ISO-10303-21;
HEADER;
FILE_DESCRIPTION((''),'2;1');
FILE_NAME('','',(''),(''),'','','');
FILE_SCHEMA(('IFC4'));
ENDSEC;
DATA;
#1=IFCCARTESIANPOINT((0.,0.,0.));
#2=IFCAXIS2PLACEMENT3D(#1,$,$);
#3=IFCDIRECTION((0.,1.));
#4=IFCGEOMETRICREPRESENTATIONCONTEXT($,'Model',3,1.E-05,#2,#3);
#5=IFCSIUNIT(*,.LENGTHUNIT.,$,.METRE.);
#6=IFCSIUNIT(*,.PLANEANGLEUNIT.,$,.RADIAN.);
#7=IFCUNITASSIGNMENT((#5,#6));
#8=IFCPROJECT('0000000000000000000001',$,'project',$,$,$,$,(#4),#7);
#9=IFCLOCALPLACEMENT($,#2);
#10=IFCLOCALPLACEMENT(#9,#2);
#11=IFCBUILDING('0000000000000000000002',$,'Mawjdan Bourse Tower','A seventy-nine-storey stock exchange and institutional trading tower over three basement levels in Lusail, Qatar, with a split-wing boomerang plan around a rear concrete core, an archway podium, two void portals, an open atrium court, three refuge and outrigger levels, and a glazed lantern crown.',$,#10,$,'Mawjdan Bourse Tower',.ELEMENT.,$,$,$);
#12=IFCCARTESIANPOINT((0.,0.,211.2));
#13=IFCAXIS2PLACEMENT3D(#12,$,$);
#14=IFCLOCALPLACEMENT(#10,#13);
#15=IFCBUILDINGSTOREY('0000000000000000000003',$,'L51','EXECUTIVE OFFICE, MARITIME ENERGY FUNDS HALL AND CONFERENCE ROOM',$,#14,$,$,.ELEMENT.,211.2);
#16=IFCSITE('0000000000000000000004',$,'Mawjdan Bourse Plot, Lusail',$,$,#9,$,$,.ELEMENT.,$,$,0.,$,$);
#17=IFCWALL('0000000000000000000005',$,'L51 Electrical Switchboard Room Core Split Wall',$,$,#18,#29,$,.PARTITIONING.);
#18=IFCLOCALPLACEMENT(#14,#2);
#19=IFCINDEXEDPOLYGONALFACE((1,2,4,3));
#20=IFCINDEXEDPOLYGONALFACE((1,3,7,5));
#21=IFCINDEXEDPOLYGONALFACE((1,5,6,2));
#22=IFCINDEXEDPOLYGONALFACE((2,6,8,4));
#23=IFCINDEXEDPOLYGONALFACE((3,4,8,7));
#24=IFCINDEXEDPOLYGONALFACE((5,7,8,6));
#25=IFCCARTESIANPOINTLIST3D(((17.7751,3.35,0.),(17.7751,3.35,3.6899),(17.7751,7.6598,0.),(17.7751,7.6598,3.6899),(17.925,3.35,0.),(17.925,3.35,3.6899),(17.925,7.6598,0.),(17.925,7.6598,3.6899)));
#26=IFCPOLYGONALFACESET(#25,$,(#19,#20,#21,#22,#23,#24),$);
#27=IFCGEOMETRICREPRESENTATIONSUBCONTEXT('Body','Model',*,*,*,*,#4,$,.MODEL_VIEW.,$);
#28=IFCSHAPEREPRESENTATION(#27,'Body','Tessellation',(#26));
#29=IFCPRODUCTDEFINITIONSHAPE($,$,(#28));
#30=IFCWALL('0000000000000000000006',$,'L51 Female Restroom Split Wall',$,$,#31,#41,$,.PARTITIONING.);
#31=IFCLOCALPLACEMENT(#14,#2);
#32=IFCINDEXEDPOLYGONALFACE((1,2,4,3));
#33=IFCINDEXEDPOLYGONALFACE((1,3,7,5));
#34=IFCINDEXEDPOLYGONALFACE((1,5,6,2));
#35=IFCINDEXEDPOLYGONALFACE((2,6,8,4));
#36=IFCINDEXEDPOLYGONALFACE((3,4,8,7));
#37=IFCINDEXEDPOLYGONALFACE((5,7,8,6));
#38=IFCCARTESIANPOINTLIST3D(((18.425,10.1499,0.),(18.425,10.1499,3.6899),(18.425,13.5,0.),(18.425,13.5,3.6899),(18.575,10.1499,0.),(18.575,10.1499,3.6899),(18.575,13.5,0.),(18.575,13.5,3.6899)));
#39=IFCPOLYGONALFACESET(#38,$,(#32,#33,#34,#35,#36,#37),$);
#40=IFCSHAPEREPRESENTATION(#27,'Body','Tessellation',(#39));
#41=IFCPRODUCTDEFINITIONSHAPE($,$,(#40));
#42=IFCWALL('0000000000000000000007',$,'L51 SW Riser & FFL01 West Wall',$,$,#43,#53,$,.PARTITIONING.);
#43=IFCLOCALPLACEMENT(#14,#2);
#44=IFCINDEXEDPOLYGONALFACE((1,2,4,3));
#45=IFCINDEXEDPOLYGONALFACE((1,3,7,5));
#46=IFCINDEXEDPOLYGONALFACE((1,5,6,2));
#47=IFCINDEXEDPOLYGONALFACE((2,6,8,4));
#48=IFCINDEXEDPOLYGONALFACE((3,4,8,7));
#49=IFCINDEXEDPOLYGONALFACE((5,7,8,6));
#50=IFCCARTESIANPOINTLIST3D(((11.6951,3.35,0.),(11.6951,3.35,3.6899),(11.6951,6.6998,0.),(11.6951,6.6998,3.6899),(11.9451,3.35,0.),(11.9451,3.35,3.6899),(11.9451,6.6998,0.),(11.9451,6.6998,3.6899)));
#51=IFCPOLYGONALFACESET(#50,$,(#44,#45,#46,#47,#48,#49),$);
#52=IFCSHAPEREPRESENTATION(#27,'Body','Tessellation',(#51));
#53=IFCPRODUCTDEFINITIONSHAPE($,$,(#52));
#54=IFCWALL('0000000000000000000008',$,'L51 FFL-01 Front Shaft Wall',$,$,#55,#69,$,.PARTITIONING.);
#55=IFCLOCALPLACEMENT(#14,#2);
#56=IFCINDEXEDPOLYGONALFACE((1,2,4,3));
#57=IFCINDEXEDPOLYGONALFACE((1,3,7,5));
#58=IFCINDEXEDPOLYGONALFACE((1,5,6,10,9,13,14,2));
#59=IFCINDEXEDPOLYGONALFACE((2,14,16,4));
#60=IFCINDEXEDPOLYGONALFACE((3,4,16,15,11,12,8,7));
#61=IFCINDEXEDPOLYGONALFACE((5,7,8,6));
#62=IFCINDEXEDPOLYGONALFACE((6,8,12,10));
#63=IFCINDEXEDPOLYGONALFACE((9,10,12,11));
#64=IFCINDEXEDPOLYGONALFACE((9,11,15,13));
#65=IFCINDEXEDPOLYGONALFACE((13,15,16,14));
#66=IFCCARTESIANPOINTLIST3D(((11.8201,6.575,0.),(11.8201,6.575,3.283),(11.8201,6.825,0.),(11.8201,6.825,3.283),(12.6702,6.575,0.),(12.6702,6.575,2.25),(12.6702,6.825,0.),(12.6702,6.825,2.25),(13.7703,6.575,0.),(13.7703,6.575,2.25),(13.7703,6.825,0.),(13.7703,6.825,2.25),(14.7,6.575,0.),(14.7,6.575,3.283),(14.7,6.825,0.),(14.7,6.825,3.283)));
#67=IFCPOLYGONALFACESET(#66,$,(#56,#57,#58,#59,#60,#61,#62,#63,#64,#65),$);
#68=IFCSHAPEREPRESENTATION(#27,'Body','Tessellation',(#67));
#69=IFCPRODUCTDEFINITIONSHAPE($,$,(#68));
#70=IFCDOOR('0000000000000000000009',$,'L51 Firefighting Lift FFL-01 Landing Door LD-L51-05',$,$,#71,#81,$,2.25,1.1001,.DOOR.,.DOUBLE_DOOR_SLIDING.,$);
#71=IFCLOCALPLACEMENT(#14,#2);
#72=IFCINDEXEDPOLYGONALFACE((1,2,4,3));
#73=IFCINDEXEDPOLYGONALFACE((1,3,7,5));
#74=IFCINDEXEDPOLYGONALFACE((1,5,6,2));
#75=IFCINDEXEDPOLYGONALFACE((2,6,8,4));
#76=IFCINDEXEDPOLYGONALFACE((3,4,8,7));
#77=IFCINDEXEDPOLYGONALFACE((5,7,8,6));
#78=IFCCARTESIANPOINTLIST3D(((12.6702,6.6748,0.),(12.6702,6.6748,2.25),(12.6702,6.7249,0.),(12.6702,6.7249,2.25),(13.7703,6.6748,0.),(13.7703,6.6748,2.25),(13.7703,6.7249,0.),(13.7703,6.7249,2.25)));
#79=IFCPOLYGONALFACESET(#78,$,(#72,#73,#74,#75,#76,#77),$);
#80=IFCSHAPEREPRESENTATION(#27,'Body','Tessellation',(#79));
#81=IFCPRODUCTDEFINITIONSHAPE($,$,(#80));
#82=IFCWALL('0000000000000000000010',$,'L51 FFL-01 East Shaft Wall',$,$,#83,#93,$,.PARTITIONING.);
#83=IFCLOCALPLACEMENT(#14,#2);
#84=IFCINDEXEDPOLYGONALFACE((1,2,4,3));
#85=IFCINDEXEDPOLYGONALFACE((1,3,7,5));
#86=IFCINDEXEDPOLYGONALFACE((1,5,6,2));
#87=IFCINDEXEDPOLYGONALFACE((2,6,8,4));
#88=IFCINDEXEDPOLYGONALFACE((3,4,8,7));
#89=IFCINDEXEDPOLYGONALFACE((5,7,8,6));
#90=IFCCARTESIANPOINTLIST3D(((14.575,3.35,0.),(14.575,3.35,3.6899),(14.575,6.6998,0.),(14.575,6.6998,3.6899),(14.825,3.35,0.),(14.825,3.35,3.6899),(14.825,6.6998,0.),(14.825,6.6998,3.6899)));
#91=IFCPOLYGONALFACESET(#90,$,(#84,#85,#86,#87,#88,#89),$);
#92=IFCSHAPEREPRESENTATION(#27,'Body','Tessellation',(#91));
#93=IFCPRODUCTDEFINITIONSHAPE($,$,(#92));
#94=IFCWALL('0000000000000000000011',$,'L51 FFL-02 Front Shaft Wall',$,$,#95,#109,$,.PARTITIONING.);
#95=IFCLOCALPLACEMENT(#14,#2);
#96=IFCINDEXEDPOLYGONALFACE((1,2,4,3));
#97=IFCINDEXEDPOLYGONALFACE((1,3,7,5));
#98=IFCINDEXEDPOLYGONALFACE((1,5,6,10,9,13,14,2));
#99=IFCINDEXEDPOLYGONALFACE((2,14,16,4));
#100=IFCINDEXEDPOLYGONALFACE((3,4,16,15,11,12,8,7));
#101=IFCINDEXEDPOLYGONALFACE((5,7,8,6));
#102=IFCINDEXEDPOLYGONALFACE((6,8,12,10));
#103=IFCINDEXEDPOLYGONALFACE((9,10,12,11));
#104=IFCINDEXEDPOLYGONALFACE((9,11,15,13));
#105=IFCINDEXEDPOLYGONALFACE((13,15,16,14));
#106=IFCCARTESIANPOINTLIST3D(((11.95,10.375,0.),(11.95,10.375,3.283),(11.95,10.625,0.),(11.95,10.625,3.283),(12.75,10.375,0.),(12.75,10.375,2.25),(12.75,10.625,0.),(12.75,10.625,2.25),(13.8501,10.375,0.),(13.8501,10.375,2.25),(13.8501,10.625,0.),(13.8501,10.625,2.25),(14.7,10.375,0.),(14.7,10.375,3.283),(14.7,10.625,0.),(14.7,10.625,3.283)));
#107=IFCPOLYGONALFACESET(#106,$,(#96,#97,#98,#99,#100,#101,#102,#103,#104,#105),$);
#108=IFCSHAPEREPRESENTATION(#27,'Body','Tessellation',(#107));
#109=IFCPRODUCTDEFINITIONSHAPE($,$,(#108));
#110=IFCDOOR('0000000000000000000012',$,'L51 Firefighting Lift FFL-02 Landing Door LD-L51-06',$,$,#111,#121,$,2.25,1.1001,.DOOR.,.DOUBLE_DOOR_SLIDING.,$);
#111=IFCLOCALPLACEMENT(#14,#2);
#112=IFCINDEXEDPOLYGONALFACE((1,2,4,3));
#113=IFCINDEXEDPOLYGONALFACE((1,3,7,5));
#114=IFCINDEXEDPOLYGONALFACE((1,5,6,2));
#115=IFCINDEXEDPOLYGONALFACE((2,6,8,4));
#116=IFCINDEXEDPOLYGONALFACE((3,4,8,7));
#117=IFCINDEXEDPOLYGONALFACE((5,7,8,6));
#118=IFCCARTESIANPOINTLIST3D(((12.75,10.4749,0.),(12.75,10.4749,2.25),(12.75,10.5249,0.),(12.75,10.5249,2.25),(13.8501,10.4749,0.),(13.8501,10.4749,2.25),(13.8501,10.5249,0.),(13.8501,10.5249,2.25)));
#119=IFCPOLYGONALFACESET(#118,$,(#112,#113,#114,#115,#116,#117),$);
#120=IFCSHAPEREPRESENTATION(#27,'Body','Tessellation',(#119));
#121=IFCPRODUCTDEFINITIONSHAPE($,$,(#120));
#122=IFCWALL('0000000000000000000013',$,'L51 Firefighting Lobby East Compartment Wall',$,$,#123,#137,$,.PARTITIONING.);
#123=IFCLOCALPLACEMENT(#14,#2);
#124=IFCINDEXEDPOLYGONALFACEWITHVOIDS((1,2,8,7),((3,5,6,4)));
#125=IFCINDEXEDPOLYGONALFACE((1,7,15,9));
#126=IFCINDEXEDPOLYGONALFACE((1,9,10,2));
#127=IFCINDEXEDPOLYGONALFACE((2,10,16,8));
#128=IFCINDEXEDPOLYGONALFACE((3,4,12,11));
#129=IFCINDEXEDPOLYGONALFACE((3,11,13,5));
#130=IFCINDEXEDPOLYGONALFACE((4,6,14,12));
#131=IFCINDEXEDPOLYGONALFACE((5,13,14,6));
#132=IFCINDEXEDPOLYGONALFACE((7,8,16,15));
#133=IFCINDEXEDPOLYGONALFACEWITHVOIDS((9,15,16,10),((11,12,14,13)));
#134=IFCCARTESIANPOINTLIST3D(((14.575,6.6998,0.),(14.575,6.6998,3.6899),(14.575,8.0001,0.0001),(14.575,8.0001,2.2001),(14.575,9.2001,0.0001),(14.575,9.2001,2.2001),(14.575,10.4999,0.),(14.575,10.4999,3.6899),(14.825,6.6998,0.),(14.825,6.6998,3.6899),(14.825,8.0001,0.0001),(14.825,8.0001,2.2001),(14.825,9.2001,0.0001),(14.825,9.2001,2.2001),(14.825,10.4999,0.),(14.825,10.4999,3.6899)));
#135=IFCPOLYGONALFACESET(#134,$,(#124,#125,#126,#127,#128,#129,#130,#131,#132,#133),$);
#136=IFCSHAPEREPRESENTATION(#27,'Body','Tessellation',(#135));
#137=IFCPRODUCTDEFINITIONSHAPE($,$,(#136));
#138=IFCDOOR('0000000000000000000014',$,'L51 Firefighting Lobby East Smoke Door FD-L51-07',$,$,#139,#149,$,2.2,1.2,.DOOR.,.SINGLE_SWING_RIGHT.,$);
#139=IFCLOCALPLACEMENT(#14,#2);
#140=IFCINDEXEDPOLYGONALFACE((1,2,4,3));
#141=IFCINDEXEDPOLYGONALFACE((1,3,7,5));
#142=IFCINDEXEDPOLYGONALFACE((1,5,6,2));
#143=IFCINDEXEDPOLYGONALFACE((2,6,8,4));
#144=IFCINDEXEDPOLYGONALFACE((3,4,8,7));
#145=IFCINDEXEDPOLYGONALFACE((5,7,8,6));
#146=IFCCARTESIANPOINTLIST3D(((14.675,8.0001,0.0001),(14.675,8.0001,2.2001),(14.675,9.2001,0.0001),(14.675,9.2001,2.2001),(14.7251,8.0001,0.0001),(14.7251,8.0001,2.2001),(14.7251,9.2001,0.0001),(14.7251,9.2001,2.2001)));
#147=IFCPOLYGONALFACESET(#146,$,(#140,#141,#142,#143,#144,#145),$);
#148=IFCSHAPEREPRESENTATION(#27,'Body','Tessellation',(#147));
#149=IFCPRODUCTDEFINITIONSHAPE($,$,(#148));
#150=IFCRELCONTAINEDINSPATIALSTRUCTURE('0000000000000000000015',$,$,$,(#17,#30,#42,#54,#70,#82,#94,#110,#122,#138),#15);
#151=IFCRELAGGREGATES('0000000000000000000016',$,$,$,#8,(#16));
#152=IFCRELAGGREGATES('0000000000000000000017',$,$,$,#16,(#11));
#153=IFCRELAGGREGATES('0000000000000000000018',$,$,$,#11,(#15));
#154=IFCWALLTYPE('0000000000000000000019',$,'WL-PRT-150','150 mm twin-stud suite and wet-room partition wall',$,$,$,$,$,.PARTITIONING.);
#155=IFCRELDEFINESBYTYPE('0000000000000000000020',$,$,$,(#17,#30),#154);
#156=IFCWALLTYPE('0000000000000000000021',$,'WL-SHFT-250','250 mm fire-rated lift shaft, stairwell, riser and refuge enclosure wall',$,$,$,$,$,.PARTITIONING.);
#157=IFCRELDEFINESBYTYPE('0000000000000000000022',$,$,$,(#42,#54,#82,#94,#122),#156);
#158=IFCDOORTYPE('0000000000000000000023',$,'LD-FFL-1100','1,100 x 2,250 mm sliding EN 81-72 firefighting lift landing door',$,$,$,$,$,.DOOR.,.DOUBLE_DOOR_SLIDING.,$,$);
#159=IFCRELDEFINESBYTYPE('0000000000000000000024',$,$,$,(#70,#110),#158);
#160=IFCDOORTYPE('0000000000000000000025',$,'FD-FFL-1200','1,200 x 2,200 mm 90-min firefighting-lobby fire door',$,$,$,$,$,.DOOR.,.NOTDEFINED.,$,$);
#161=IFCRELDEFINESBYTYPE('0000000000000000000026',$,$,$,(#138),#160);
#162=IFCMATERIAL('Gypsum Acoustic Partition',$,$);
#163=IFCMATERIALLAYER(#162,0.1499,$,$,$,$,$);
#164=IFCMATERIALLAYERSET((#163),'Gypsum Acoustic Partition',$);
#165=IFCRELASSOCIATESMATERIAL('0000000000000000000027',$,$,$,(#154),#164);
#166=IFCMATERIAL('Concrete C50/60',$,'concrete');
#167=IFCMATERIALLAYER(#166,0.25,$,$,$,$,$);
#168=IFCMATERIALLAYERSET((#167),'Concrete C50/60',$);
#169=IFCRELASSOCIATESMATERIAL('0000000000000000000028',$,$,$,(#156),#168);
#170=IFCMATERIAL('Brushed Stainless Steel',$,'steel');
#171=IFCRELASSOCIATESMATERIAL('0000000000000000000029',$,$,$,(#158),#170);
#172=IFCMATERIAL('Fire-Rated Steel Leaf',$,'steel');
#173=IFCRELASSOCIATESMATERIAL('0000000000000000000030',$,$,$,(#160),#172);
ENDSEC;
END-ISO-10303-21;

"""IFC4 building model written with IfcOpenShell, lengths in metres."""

from ifc_helpers import new_model, si_unit, direction, frame, frame_2d, origin, place, context, subcontext, project, spatial, rectangle, extrude, material, layer, layer_set, type_object, element, fill, save


model = new_model("IFC4")

# Units and contexts
model_context = context("Model", 3, precision=1e-05, world=origin(), true_north=direction((0.0, 1.0)))
body_context = subcontext(model_context, "Body", "Model", "MODEL_VIEW")
ifc_project = project(units=[si_unit("LENGTHUNIT", "METRE"), si_unit("PLANEANGLEUNIT", "RADIAN")], contexts=[model_context])

# Site, building, storey
site_placement = place(None, origin())
site = spatial("IfcSite", under=ifc_project, at=site_placement, Name="Mawjdan Bourse Plot, Lusail", CompositionType="ELEMENT", RefElevation=0.0)
building_placement = place(site_placement, origin())
building = spatial("IfcBuilding", under=site, at=building_placement, Name="Mawjdan Bourse Tower", Description="A seventy-nine-storey stock exchange and institutional trading tower over three basement levels in Lusail, Qatar, with a split-wing boomerang plan around a rear concrete core, an archway podium, two void portals, an open atrium court, three refuge and outrigger levels, and a glazed lantern crown.", LongName="Mawjdan Bourse Tower", CompositionType="ELEMENT")
storey_placement = place(building_placement, frame((0.0, 0.0, 211.2)))
storey = spatial("IfcBuildingStorey", under=building, at=storey_placement, Name="L51", Description="EXECUTIVE OFFICE, MARITIME ENERGY FUNDS HALL AND CONFERENCE ROOM", CompositionType="ELEMENT", Elevation=211.2)

# Walls
ifc_material_1 = material(Name="Gypsum Acoustic Partition")
ifc_layer_1 = layer(ifc_material_1, 0.1499)
ifc_layer_set_1 = layer_set([ifc_layer_1], Name="Gypsum Acoustic Partition")
wall_type_1 = type_object("IfcWallType", Name="WL-PRT-150", Description="150 mm twin-stud suite and wet-room partition wall", PredefinedType="PARTITIONING", material=ifc_layer_set_1)
wall_1_placement = place(storey_placement, frame((17.8501, 3.3501, 0.0), z_axis=(0.0, 0.0, 1.0), x_axis=(0.0, 1.0, 0.0)))
element("IfcWall", 1, at=wall_1_placement, inside=storey, type_object=wall_type_1, Name="L51 Electrical Switchboard Room Core Split Wall", PredefinedType="PARTITIONING", context=body_context, shape_type="SweptSolid", body=[
    extrude(rectangle(XDim=4.3098, YDim=0.1499, at=frame_2d((2.1548, 0.0))), origin(), (0.0, 0.0, 1.0), 3.6899),
])
wall_2_placement = place(storey_placement, frame((18.5, 10.1499, 0.0), z_axis=(0.0, 0.0, 1.0), x_axis=(0.0, 1.0, 0.0)))
element("IfcWall", 2, at=wall_2_placement, inside=storey, type_object=wall_type_1, Name="L51 Female Restroom Split Wall", PredefinedType="PARTITIONING", context=body_context, shape_type="SweptSolid", body=[
    extrude(rectangle(XDim=3.3501, YDim=0.1499, at=frame_2d((1.675, 0.0))), origin(), (0.0, 0.0, 1.0), 3.6899),
])
ifc_material_2 = material(Name="Concrete C50/60", Category="concrete")
ifc_layer_2 = layer(ifc_material_2, 0.25)
ifc_layer_set_2 = layer_set([ifc_layer_2], Name="Concrete C50/60")
wall_type_2 = type_object("IfcWallType", Name="WL-SHFT-250", Description="250 mm fire-rated lift shaft, stairwell, riser and refuge enclosure wall", PredefinedType="PARTITIONING", material=ifc_layer_set_2)
wall_3_placement = place(storey_placement, frame((11.8201, 3.3501, 0.0), z_axis=(0.0, 0.0, 1.0), x_axis=(0.0, 1.0, 0.0)))
element("IfcWall", 3, at=wall_3_placement, inside=storey, type_object=wall_type_2, Name="L51 SW Riser & FFL01 West Wall", PredefinedType="PARTITIONING", context=body_context, shape_type="SweptSolid", body=[
    extrude(rectangle(XDim=3.3499, YDim=0.25, at=frame_2d((1.6748, 0.0))), origin(), (0.0, 0.0, 1.0), 3.6899),
])

# Wall, opening, door
wall_4_placement = place(storey_placement, frame((11.8201, 6.7, 0.0), z_axis=(0.0, 0.0, 1.0), x_axis=(1.0, 0.0, 0.0)))
wall_4 = element("IfcWall", 4, at=wall_4_placement, inside=storey, type_object=wall_type_2, Name="L51 FFL-01 Front Shaft Wall", PredefinedType="PARTITIONING", context=body_context, shape_type="SweptSolid", body=[
    extrude(rectangle(XDim=2.8799, YDim=0.25, at=frame_2d((1.4399, 0.0))), origin(), (0.0, 0.0, 1.0), 3.283),
])
opening_1_placement = place(wall_4_placement, frame((0.8501, 0.0, 0.0)))
opening_1 = element("IfcOpeningElement", 5, at=opening_1_placement, cuts=wall_4, PredefinedType="OPENING", context=body_context, shape_type="SweptSolid", body=[
    extrude(rectangle(XDim=1.1001, YDim=2.25, at=frame_2d((0.55, 1.125))), frame((0.0, 0.135, 0.0), z_axis=(0.0, -1.0, 0.0), x_axis=(1.0, 0.0, 0.0)), (0.0, 0.0, 1.0), 0.27),
])
ifc_material_3 = material(Name="Brushed Stainless Steel", Category="steel")
door_type_1 = type_object("IfcDoorType", Name="LD-FFL-1100", Description="1,100 x 2,250 mm sliding EN 81-72 firefighting lift landing door", OperationType="DOUBLE_DOOR_SLIDING", PredefinedType="DOOR", material=ifc_material_3)
door_1_placement = place(opening_1_placement, origin())
door_1 = element("IfcDoor", 6, at=door_1_placement, inside=storey, type_object=door_type_1, Name="L51 Firefighting Lift FFL-01 Landing Door LD-L51-05", OperationType="DOUBLE_DOOR_SLIDING", OverallHeight=2.25, OverallWidth=1.1001, PredefinedType="DOOR", context=body_context, shape_type="SweptSolid", body=[
    extrude(rectangle(XDim=1.1001, YDim=2.25, at=frame_2d((0.55, 1.125))), frame((0.0, 0.0249, 0.0), z_axis=(0.0, -1.0, 0.0), x_axis=(1.0, 0.0, 0.0)), (0.0, 0.0, 1.0), 0.05),
])
fill(opening_1, door_1)

# Wall
wall_5_placement = place(storey_placement, frame((14.7, 3.3501, 0.0), z_axis=(0.0, 0.0, 1.0), x_axis=(0.0, 1.0, 0.0)))
element("IfcWall", 7, at=wall_5_placement, inside=storey, type_object=wall_type_2, Name="L51 FFL-01 East Shaft Wall", PredefinedType="PARTITIONING", context=body_context, shape_type="SweptSolid", body=[
    extrude(rectangle(XDim=3.3499, YDim=0.25, at=frame_2d((1.6748, 0.0))), origin(), (0.0, 0.0, 1.0), 3.6899),
])

# Walls, openings, doors
wall_6_placement = place(storey_placement, frame((11.95, 10.5, 0.0), z_axis=(0.0, 0.0, 1.0), x_axis=(1.0, 0.0, 0.0)))
wall_6 = element("IfcWall", 8, at=wall_6_placement, inside=storey, type_object=wall_type_2, Name="L51 FFL-02 Front Shaft Wall", PredefinedType="PARTITIONING", context=body_context, shape_type="SweptSolid", body=[
    extrude(rectangle(XDim=2.75, YDim=0.25, at=frame_2d((1.375, 0.0))), origin(), (0.0, 0.0, 1.0), 3.283),
])
opening_2_placement = place(wall_6_placement, frame((0.8, 0.0, 0.0)))
opening_2 = element("IfcOpeningElement", 9, at=opening_2_placement, cuts=wall_6, PredefinedType="OPENING", context=body_context, shape_type="SweptSolid", body=[
    extrude(rectangle(XDim=1.1001, YDim=2.25, at=frame_2d((0.55, 1.125))), frame((0.0, 0.135, 0.0), z_axis=(0.0, -1.0, 0.0), x_axis=(1.0, 0.0, 0.0)), (0.0, 0.0, 1.0), 0.27),
])
door_2_placement = place(opening_2_placement, origin())
door_2 = element("IfcDoor", 10, at=door_2_placement, inside=storey, type_object=door_type_1, Name="L51 Firefighting Lift FFL-02 Landing Door LD-L51-06", OperationType="DOUBLE_DOOR_SLIDING", OverallHeight=2.25, OverallWidth=1.1001, PredefinedType="DOOR", context=body_context, shape_type="SweptSolid", body=[
    extrude(rectangle(XDim=1.1001, YDim=2.25, at=frame_2d((0.55, 1.125))), frame((0.0, 0.0249, 0.0), z_axis=(0.0, -1.0, 0.0), x_axis=(1.0, 0.0, 0.0)), (0.0, 0.0, 1.0), 0.05),
])
fill(opening_2, door_2)
wall_7_placement = place(storey_placement, frame((14.7, 6.7, 0.0), z_axis=(0.0, 0.0, 1.0), x_axis=(0.0, 1.0, 0.0)))
wall_7 = element("IfcWall", 11, at=wall_7_placement, inside=storey, type_object=wall_type_2, Name="L51 Firefighting Lobby East Compartment Wall", PredefinedType="PARTITIONING", context=body_context, shape_type="SweptSolid", body=[
    extrude(rectangle(XDim=3.8, YDim=0.25, at=frame_2d((1.8999, 0.0))), origin(), (0.0, 0.0, 1.0), 3.6899),
])
opening_3_placement = place(wall_7_placement, frame((1.3, 0.0, 0.0)))
opening_3 = element("IfcOpeningElement", 12, at=opening_3_placement, cuts=wall_7, PredefinedType="OPENING", context=body_context, shape_type="SweptSolid", body=[
    extrude(rectangle(XDim=1.2, YDim=2.2, at=frame_2d((0.6001, 1.1001))), frame((0.0, 0.135, 0.0), z_axis=(0.0, -1.0, 0.0), x_axis=(1.0, 0.0, 0.0)), (0.0, 0.0, 1.0), 0.27),
])
ifc_material_4 = material(Name="Fire-Rated Steel Leaf", Category="steel")
door_type_2 = type_object("IfcDoorType", Name="FD-FFL-1200", Description="1,200 x 2,200 mm 90-min firefighting-lobby fire door", OperationType="NOTDEFINED", PredefinedType="DOOR", material=ifc_material_4)
door_3_placement = place(opening_3_placement, origin())
door_3 = element("IfcDoor", 13, at=door_3_placement, inside=storey, type_object=door_type_2, Name="L51 Firefighting Lobby East Smoke Door FD-L51-07", OperationType="SINGLE_SWING_RIGHT", OverallHeight=2.2, OverallWidth=1.2, PredefinedType="DOOR", context=body_context, shape_type="SweptSolid", body=[
    extrude(rectangle(XDim=1.2, YDim=2.2, at=frame_2d((0.6001, 1.1001))), frame((0.0, 0.0249, 0.0), z_axis=(0.0, -1.0, 0.0), x_axis=(1.0, 0.0, 0.0)), (0.0, 0.0, 1.0), 0.05),
])
fill(opening_3, door_3)

save(model, "model.ifc")
